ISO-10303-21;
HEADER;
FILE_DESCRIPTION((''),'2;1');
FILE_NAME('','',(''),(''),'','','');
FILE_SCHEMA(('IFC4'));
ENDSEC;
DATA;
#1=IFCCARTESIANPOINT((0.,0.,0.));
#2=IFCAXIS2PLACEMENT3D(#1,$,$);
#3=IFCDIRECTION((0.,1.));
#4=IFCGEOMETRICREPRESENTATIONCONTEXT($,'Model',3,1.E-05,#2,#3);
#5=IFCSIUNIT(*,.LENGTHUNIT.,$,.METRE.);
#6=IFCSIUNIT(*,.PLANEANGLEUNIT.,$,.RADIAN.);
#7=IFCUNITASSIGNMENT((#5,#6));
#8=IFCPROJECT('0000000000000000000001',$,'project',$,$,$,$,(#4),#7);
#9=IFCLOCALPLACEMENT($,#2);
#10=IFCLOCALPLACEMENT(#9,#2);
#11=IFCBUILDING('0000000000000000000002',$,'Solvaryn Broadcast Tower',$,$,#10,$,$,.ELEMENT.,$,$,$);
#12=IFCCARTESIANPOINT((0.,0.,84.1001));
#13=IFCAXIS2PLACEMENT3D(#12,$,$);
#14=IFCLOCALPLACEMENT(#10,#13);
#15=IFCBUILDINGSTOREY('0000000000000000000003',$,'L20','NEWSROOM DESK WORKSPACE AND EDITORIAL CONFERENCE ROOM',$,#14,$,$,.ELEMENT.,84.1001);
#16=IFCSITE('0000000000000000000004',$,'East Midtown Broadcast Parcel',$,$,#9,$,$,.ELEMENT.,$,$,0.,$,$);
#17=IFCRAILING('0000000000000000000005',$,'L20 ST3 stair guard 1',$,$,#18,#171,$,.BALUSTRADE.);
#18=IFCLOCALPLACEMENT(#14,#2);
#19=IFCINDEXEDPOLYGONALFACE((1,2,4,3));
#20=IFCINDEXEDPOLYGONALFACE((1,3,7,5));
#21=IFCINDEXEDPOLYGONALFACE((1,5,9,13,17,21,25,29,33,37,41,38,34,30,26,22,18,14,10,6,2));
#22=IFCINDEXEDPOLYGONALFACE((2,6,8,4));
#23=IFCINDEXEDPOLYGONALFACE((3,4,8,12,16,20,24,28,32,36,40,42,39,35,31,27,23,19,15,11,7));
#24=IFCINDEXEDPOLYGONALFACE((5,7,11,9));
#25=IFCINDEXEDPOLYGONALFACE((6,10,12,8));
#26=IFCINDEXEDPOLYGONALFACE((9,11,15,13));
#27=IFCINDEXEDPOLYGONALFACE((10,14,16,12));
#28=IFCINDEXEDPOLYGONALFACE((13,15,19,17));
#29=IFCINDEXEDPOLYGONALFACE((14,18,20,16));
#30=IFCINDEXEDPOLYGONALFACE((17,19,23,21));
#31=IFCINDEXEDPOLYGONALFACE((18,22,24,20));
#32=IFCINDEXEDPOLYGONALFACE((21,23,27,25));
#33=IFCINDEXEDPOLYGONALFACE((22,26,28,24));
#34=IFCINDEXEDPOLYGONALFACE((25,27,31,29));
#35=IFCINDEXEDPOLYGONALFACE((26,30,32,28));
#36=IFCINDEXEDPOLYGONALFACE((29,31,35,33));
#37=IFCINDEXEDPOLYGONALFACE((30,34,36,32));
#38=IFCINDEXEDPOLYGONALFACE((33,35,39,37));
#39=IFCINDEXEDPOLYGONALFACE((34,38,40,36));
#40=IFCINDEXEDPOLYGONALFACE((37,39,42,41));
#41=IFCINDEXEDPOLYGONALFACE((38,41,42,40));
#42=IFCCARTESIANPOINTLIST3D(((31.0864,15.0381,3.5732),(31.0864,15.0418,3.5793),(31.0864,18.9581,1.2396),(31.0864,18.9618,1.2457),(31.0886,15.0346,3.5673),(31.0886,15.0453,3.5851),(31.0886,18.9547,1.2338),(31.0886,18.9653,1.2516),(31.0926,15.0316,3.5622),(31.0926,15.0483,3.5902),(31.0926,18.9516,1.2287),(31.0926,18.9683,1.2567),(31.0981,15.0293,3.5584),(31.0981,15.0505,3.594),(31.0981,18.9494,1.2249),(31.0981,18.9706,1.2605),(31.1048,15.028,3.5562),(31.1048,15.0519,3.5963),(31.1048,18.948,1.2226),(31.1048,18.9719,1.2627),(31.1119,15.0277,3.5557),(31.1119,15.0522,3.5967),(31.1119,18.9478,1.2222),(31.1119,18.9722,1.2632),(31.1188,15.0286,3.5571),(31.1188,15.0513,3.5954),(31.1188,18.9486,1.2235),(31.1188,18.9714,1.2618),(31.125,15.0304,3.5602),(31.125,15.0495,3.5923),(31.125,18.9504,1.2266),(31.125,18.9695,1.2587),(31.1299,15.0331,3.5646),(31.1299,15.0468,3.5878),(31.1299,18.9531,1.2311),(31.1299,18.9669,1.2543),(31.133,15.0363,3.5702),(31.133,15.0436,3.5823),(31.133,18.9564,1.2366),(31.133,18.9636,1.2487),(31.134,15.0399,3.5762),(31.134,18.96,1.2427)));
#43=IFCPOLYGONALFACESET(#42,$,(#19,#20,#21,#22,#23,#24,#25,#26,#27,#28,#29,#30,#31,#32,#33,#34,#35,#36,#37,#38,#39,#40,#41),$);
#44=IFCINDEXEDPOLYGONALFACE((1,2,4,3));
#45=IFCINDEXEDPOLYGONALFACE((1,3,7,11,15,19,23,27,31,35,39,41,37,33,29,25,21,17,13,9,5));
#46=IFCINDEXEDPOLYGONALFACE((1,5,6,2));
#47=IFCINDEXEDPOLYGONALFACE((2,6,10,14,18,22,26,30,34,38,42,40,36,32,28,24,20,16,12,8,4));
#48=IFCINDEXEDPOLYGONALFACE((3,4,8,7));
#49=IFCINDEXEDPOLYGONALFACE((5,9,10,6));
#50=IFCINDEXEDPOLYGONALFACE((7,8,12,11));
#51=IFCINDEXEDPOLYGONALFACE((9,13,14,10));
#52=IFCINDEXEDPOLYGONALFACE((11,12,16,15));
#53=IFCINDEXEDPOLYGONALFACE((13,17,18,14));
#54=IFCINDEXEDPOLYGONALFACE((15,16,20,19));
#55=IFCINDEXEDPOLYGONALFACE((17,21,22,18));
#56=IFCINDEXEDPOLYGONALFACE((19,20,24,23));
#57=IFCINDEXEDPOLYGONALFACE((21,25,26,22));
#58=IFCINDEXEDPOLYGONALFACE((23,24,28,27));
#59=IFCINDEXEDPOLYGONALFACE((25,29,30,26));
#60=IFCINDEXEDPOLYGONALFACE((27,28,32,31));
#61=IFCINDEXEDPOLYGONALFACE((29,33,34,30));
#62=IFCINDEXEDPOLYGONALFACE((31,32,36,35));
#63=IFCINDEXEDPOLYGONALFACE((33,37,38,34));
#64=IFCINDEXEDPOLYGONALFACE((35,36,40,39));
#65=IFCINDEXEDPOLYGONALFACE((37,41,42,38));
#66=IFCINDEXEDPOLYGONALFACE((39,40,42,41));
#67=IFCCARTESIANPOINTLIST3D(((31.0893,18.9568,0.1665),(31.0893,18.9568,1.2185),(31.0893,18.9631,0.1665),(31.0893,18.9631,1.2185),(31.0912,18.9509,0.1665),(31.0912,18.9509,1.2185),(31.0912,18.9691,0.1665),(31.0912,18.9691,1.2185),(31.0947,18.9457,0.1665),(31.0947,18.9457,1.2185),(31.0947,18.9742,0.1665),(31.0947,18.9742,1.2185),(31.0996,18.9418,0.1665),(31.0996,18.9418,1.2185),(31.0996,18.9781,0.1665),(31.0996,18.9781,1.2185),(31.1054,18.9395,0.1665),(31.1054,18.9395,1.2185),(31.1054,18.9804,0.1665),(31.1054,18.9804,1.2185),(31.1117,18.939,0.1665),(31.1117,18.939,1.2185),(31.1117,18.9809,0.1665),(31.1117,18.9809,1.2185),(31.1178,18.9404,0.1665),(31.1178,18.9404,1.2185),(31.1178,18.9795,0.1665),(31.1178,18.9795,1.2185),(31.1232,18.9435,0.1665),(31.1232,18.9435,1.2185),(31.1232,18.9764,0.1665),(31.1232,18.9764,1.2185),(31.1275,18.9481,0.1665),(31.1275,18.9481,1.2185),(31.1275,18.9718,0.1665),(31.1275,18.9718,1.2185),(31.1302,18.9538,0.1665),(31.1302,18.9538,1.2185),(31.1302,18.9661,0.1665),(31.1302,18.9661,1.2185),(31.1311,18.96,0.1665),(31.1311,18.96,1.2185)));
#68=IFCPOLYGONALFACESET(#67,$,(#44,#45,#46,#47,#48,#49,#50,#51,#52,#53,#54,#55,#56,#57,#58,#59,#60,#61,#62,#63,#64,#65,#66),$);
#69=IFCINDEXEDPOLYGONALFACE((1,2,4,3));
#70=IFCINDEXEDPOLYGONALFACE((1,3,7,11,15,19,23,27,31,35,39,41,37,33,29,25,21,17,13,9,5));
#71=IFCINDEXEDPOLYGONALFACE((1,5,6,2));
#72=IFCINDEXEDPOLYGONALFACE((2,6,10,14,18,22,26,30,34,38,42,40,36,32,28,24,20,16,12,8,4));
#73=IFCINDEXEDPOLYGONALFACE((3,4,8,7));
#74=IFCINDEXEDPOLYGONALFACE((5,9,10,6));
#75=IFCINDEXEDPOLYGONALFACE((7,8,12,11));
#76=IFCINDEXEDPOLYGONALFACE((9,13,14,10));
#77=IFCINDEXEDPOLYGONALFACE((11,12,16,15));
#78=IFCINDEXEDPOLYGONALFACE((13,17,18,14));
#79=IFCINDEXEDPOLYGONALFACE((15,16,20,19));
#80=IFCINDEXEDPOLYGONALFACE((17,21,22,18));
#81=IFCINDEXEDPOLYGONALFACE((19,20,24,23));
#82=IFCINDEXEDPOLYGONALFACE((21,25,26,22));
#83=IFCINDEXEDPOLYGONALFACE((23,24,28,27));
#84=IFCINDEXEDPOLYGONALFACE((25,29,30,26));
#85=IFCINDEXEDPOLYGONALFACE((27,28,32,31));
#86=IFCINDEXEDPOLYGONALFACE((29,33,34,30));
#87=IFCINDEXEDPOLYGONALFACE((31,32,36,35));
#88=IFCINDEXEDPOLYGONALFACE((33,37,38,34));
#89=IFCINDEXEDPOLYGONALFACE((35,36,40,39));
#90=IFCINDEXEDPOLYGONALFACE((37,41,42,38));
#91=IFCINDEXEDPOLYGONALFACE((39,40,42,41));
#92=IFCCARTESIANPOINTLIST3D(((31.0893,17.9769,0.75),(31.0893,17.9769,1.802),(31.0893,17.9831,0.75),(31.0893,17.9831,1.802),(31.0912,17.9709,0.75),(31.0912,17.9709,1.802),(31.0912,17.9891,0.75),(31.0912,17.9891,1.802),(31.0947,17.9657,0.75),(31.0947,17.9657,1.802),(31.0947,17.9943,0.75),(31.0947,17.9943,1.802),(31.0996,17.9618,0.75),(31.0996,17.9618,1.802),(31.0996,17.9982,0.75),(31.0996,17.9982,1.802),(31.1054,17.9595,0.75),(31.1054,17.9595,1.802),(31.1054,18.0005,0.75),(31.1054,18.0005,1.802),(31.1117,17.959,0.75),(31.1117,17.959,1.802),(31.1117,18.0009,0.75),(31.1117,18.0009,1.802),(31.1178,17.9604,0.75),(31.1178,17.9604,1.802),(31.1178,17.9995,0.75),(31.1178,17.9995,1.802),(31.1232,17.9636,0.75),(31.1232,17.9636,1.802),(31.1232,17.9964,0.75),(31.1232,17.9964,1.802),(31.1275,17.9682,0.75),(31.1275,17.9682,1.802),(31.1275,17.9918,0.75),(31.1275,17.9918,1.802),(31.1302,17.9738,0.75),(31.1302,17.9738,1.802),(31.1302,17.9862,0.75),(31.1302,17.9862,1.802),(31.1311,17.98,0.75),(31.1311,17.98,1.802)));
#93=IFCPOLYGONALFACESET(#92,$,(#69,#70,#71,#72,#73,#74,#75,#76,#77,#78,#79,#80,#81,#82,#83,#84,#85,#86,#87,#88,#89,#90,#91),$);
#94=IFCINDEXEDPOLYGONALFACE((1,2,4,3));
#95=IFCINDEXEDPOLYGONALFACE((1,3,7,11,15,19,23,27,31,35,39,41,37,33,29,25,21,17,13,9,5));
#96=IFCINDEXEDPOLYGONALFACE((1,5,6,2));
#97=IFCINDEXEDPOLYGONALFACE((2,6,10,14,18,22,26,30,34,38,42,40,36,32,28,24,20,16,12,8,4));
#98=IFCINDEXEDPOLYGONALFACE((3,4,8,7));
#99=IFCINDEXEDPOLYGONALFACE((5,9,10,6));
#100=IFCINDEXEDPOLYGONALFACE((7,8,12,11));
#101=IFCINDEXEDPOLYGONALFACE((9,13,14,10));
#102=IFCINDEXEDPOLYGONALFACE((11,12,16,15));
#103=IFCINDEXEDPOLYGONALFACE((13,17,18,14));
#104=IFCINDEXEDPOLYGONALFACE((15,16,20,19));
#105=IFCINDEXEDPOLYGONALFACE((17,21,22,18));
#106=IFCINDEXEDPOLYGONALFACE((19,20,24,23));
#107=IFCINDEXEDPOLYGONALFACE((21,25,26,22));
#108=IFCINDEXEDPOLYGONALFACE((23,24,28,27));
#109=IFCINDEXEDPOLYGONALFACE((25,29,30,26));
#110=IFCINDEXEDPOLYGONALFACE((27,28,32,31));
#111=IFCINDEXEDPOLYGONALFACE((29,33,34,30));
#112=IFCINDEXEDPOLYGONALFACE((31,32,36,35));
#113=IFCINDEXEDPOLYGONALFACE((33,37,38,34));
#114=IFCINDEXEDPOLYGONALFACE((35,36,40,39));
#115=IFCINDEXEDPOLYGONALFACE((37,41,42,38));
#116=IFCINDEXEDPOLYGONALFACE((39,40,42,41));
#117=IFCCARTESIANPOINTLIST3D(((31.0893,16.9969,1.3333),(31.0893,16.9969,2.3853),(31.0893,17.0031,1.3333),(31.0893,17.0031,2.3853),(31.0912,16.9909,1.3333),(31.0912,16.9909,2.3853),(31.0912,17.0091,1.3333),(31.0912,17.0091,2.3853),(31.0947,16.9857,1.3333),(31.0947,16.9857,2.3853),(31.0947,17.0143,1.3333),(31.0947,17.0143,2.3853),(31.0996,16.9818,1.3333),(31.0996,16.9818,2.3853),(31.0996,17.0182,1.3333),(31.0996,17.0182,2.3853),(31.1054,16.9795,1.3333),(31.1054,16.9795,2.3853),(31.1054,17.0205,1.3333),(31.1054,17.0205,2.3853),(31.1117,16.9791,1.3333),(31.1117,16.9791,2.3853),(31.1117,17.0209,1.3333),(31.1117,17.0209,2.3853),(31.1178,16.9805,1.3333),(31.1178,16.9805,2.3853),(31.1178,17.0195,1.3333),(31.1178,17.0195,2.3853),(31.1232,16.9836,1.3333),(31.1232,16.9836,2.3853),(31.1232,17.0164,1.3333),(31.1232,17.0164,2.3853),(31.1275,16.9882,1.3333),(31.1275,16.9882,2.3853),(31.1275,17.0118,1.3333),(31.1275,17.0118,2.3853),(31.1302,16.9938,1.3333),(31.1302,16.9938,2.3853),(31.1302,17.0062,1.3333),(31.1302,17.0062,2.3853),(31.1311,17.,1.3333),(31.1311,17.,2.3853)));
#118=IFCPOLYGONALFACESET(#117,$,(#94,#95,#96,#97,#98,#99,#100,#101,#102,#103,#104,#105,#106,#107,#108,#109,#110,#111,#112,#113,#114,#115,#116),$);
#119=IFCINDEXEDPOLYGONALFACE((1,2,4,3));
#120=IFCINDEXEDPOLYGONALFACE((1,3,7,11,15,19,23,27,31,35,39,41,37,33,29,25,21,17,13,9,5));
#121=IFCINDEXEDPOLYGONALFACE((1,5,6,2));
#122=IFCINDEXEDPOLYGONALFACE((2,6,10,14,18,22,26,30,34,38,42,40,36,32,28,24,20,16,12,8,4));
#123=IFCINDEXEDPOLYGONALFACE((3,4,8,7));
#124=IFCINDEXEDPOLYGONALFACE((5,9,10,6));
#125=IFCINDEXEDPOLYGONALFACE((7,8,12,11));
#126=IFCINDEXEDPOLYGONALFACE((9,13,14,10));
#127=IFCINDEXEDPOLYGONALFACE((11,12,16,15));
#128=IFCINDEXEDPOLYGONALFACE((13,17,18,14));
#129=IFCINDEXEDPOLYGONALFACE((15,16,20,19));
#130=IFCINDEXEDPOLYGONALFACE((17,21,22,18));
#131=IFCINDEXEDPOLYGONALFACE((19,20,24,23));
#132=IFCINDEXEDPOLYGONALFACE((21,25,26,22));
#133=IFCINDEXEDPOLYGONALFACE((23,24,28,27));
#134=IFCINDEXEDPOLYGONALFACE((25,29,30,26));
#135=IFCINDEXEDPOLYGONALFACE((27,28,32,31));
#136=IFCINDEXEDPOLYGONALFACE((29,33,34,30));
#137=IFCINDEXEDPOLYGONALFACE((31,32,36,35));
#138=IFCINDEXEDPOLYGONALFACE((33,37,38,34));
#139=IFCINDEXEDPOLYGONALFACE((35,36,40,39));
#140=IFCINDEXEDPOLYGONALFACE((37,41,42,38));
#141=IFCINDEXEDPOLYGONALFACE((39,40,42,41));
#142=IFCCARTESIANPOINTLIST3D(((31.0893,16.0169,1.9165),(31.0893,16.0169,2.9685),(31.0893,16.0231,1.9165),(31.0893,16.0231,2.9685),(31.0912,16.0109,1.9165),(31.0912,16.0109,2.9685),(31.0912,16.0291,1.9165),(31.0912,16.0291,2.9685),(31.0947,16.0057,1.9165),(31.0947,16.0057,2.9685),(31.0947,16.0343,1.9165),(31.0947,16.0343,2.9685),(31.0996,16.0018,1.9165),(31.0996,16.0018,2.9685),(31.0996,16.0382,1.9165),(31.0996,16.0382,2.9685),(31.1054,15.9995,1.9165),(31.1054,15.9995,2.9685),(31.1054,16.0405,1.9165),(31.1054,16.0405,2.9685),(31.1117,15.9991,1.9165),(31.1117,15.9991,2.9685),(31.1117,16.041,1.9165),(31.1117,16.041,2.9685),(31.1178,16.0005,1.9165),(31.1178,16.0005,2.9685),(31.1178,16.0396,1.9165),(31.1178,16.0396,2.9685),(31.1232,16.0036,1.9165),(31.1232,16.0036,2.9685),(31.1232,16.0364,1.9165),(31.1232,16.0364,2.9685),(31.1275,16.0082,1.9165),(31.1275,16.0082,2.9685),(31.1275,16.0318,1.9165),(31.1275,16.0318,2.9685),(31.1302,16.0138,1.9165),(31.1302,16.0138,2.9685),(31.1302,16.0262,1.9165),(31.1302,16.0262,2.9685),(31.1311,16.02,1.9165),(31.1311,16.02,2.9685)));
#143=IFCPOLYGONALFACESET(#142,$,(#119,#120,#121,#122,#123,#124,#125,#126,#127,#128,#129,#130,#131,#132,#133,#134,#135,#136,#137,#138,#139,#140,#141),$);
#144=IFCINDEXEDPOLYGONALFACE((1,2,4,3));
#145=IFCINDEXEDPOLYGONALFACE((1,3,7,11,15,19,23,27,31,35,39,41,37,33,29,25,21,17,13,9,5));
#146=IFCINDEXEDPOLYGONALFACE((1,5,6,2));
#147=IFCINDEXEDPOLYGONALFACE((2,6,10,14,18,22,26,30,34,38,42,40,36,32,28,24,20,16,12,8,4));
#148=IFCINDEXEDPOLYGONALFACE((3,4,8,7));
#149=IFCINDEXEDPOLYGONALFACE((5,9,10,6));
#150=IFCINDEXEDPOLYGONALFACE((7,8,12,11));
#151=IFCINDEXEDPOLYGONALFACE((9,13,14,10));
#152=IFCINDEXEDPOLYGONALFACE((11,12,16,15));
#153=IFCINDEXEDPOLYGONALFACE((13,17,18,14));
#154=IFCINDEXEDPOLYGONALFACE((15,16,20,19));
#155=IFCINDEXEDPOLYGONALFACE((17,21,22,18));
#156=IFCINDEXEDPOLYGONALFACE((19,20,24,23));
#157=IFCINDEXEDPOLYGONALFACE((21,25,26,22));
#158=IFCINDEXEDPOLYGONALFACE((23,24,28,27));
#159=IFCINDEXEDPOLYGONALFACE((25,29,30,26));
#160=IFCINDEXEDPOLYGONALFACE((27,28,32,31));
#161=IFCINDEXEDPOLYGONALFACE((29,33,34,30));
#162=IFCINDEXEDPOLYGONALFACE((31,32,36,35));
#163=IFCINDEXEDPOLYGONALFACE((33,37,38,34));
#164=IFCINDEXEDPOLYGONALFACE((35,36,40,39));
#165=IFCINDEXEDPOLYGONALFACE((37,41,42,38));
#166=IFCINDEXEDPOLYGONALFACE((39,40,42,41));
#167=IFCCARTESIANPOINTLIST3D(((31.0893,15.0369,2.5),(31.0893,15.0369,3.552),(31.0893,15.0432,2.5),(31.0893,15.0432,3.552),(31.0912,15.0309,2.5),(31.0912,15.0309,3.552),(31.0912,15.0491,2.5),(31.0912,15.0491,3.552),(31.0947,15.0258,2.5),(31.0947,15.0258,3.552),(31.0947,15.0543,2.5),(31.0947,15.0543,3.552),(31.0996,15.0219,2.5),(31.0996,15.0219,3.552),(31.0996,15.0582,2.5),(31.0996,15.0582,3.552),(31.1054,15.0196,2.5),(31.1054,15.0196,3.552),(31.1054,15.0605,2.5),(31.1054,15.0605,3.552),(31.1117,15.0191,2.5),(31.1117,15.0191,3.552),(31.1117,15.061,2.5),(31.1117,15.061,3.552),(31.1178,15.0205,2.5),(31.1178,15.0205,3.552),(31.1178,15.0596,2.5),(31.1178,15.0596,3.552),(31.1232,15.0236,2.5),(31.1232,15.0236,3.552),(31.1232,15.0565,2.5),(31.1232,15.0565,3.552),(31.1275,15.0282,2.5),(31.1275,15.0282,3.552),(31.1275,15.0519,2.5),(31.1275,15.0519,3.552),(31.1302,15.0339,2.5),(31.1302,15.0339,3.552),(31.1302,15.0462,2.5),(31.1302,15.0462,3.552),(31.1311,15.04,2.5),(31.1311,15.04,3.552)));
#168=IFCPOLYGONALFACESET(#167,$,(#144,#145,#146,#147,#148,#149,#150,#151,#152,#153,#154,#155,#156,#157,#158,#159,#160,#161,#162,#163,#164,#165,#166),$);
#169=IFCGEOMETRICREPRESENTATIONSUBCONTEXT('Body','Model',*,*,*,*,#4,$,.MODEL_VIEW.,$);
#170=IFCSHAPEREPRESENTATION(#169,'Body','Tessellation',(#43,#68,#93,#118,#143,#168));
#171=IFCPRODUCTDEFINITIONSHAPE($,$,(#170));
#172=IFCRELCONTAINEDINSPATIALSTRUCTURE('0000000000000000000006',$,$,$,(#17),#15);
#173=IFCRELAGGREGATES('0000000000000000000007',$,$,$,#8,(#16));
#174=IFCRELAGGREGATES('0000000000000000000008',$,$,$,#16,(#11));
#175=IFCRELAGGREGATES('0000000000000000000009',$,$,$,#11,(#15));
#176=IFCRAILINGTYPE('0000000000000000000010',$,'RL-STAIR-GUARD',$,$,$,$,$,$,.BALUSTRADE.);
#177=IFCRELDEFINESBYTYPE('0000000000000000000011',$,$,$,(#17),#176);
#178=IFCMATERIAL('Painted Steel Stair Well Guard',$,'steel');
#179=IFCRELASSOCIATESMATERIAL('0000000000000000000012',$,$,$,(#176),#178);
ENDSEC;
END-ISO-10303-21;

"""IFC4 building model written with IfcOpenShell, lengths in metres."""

from ifc_helpers import new_model, si_unit, direction, frame, origin, origin_2d, place, context, subcontext, project, spatial, circle, extrude, material, type_object, element, save


model = new_model("IFC4")

# Units and contexts
model_context = context("Model", 3, precision=1e-05, world=origin(), true_north=direction((0.0, 1.0)))
body_context = subcontext(model_context, "Body", "Model", "MODEL_VIEW")
ifc_project = project(units=[si_unit("LENGTHUNIT", "METRE"), si_unit("PLANEANGLEUNIT", "RADIAN")], contexts=[model_context])

# Site, building, storey
site_placement = place(None, origin())
site = spatial("IfcSite", under=ifc_project, at=site_placement, Name="East Midtown Broadcast Parcel", CompositionType="ELEMENT", RefElevation=0.0)
building_placement = place(site_placement, origin())
building = spatial("IfcBuilding", under=site, at=building_placement, Name="Solvaryn Broadcast Tower", CompositionType="ELEMENT")
storey_placement = place(building_placement, frame((0.0, 0.0, 84.1001)))
storey = spatial("IfcBuildingStorey", under=building, at=storey_placement, Name="L20", Description="NEWSROOM DESK WORKSPACE AND EDITORIAL CONFERENCE ROOM", CompositionType="ELEMENT", Elevation=84.1001)

# Railing
ifc_material_1 = material(Name="Painted Steel Stair Well Guard", Category="steel")
railing_type_1 = type_object("IfcRailingType", Name="RL-STAIR-GUARD", PredefinedType="BALUSTRADE", material=ifc_material_1)
railing_1_placement = place(storey_placement, frame((31.1101, 18.96, 0.1665)))
element("IfcRailing", 1, at=railing_1_placement, inside=storey, type_object=railing_type_1, Name="L20 ST3 stair guard 1", PredefinedType="BALUSTRADE", context=body_context, shape_type="SweptSolid", body=[
    extrude(circle(Radius=0.0239, at=origin_2d()), frame((0.0, 0.0, 1.0762), z_axis=(0.0, -0.859273, 0.511518), x_axis=(1.0, 0.0, 0.0)), (0.0, 0.0, 1.0), 4.562),
    extrude(circle(Radius=0.021, at=origin_2d()), origin(), (0.0, 0.0, 1.0), 1.052),
    extrude(circle(Radius=0.021, at=origin_2d()), frame((0.0, -0.98, 0.5835)), (0.0, 0.0, 1.0), 1.052),
    extrude(circle(Radius=0.021, at=origin_2d()), frame((0.0, -1.96, 1.1667)), (0.0, 0.0, 1.0), 1.052),
    extrude(circle(Radius=0.021, at=origin_2d()), frame((0.0, -2.9399, 1.75)), (0.0, 0.0, 1.0), 1.052),
    extrude(circle(Radius=0.021, at=origin_2d()), frame((0.0, -3.9199, 2.3335)), (0.0, 0.0, 1.0), 1.052),
])

save(model, "model.ifc")
